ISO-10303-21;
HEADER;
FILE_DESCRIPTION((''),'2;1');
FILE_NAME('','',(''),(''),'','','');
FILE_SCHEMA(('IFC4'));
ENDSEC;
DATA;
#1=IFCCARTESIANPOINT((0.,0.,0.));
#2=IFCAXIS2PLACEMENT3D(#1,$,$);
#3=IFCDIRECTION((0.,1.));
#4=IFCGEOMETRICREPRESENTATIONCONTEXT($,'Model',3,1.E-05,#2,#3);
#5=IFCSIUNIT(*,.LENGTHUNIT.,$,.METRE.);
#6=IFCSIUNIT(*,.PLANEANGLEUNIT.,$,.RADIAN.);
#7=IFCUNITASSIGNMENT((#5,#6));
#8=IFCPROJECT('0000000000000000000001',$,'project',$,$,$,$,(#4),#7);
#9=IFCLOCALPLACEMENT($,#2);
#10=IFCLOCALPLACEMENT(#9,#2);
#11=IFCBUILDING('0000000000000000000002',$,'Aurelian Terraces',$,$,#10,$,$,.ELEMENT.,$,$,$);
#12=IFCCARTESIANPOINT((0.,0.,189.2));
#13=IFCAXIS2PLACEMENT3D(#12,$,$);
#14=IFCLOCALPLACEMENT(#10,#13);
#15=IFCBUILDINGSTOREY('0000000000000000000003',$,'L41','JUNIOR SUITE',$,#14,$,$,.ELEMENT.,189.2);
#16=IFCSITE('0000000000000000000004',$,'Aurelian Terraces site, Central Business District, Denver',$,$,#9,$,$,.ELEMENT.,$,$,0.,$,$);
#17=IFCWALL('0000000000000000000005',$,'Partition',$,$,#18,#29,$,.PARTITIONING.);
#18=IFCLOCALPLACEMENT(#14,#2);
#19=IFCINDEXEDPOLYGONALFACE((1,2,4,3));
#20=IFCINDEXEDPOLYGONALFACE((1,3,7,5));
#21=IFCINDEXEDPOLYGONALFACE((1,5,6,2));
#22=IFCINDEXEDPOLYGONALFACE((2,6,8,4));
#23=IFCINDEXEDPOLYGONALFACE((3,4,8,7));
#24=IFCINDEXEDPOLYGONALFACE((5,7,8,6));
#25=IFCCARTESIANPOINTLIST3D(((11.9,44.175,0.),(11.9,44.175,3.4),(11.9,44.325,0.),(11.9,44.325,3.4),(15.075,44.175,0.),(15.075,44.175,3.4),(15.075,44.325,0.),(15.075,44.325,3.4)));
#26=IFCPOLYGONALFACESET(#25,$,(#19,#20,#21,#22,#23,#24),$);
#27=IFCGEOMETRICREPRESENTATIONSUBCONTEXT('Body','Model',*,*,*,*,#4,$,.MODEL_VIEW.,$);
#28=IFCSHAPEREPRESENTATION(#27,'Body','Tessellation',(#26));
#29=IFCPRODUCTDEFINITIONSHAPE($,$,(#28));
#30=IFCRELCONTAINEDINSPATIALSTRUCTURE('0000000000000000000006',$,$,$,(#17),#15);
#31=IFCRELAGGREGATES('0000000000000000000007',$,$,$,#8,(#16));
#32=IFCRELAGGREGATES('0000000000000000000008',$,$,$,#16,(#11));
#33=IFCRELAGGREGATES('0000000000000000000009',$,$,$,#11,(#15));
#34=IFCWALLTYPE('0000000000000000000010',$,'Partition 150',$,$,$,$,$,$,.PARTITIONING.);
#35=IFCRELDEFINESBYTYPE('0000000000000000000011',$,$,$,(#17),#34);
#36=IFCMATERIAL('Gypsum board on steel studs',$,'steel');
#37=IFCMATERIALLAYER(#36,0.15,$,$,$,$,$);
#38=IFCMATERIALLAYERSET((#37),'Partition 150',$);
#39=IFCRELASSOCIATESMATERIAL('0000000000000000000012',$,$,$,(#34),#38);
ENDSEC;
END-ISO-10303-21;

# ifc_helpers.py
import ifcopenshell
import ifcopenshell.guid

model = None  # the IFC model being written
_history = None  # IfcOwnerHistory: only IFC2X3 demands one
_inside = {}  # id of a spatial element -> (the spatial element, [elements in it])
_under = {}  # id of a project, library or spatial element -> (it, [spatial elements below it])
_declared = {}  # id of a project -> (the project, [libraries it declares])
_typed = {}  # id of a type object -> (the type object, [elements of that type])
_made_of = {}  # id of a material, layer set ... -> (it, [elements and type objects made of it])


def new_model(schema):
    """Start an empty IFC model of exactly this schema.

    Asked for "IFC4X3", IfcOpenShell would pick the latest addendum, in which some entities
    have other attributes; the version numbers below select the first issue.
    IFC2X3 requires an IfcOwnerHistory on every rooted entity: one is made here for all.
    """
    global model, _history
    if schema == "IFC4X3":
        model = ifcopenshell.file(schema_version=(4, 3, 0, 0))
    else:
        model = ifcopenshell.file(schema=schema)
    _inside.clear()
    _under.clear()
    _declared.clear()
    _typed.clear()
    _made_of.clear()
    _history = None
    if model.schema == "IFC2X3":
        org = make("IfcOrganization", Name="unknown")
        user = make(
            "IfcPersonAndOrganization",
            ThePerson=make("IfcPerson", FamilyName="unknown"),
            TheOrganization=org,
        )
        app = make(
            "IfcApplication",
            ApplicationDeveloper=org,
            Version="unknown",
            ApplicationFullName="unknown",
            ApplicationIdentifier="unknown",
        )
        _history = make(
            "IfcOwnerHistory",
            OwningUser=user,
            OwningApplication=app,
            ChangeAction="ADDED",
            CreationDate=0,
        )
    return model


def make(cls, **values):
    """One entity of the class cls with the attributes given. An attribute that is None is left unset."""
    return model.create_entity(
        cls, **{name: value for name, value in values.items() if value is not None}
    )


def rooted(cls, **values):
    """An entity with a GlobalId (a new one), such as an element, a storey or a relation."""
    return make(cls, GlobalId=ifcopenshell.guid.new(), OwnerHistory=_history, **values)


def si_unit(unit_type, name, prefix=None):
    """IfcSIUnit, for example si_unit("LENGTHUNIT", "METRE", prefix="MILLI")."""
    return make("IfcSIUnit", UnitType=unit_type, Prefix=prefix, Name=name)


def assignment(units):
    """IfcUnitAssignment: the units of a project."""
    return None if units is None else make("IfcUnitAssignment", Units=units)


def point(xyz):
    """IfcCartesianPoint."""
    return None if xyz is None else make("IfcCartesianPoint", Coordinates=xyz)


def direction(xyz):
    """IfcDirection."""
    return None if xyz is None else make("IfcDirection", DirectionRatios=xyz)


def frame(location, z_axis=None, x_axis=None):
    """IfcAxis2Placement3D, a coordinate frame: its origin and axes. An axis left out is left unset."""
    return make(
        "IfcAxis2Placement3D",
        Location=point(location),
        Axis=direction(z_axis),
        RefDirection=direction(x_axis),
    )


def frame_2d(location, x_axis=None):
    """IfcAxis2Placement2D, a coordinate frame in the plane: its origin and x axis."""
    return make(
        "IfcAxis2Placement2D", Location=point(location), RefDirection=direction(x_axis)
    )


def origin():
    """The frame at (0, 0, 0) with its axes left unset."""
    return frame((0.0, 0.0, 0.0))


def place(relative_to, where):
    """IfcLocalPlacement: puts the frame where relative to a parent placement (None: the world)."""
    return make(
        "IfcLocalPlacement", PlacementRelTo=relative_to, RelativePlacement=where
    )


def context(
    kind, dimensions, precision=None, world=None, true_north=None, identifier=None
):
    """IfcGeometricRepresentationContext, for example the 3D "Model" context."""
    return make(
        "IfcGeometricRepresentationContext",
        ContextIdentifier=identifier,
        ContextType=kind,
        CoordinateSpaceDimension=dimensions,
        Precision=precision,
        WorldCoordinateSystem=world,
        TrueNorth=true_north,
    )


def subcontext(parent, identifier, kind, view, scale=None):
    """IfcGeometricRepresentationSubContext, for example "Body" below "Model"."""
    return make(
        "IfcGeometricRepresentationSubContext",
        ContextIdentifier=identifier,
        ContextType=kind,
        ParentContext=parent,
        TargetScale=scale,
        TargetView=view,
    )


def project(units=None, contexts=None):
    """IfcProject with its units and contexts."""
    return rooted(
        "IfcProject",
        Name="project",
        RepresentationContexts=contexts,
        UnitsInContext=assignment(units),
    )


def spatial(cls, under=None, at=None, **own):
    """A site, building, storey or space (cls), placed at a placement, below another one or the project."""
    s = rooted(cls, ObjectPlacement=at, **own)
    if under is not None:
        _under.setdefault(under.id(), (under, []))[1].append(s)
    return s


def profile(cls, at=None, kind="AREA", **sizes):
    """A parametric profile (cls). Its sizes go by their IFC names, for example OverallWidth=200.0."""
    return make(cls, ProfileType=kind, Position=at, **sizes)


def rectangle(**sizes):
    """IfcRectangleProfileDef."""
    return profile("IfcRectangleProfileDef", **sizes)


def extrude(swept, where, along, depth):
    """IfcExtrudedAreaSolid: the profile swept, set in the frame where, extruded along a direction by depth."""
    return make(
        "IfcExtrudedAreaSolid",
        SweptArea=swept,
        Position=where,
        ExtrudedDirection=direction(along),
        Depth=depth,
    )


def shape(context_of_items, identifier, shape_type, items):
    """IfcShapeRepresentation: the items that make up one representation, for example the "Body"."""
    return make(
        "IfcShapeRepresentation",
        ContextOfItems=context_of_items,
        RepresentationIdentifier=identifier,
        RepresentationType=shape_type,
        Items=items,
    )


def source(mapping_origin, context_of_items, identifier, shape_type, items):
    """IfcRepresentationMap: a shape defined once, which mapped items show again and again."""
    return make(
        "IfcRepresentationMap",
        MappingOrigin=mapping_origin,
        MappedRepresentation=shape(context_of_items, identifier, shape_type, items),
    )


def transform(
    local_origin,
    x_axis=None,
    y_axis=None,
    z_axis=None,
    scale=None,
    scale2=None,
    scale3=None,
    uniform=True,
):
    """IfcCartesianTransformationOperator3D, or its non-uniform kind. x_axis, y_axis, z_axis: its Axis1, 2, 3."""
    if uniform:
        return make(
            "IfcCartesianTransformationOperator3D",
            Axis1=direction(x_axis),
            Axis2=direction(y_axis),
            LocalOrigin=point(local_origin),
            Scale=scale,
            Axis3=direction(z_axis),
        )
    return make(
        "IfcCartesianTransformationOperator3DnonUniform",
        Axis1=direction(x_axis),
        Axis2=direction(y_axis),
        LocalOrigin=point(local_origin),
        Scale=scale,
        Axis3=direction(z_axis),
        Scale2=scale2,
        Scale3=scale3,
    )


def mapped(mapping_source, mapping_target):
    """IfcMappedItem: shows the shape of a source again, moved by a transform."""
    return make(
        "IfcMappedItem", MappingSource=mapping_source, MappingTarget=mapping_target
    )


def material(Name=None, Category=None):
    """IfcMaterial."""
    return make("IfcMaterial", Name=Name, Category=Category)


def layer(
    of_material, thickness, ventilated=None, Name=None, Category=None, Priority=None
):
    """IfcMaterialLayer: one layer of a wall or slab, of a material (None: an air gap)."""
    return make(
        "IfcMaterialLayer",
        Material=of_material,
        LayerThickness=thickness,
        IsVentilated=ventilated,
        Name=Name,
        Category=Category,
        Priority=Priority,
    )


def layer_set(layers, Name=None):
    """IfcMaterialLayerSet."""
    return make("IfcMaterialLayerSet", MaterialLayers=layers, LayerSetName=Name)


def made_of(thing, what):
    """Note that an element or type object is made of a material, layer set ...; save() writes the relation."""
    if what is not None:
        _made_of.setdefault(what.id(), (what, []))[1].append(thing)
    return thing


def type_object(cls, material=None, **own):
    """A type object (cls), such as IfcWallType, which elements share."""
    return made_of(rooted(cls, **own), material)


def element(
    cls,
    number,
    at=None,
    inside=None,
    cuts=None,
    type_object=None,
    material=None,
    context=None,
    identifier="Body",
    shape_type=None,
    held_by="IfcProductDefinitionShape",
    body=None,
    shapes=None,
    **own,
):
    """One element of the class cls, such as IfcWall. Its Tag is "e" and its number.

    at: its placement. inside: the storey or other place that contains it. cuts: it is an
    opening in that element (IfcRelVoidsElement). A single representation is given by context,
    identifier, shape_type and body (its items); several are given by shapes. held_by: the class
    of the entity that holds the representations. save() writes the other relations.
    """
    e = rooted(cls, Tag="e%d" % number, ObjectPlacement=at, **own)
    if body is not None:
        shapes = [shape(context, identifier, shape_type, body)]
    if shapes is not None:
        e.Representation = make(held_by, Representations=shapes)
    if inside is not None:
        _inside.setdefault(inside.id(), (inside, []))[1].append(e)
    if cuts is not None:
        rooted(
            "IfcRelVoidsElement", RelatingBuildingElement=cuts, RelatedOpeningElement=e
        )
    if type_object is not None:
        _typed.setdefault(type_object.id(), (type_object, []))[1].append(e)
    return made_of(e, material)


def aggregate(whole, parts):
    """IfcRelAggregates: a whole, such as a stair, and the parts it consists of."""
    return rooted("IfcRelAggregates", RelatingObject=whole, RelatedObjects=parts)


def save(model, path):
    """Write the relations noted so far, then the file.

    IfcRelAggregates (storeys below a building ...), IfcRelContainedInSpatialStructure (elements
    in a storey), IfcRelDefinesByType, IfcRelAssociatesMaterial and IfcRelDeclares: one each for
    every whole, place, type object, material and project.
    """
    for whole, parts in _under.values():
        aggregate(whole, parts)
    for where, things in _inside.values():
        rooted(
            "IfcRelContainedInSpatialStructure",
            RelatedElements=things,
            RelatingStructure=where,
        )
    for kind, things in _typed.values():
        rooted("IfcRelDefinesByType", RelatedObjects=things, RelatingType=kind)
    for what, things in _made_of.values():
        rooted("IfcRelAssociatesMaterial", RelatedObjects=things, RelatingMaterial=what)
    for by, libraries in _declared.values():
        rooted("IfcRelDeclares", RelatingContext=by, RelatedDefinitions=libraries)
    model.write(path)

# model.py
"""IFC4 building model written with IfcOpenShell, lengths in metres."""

from ifc_helpers import new_model, si_unit, direction, frame, frame_2d, origin, place, context, subcontext, project, spatial, rectangle, extrude, source, transform, mapped, material, layer, layer_set, type_object, element, save


model = new_model("IFC4")

# Units and contexts
model_context = context("Model", 3, precision=1e-05, world=origin(), true_north=direction((0.0, 1.0)))
body_context = subcontext(model_context, "Body", "Model", "MODEL_VIEW")
ifc_project = project(units=[si_unit("LENGTHUNIT", "METRE"), si_unit("PLANEANGLEUNIT", "RADIAN")], contexts=[model_context])

# Site, building, storey
site_placement = place(None, origin())
site = spatial("IfcSite", under=ifc_project, at=site_placement, Name="Aurelian Terraces site, Central Business District, Denver", CompositionType="ELEMENT", RefElevation=0.0)
building_placement = place(site_placement, origin())
building = spatial("IfcBuilding", under=site, at=building_placement, Name="Aurelian Terraces", CompositionType="ELEMENT")
storey_placement = place(building_placement, frame((0.0, 0.0, 189.2)))
storey = spatial("IfcBuildingStorey", under=building, at=storey_placement, Name="L41", Description="JUNIOR SUITE", CompositionType="ELEMENT", Elevation=189.2)

# Shared definitions
ifc_material_1 = material(Name="Gypsum board on steel studs", Category="steel")
ifc_layer_1 = layer(ifc_material_1, 0.15)
ifc_layer_set_1 = layer_set([ifc_layer_1], Name="Partition 150")
wall_type_1 = type_object("IfcWallType", Name="Partition 150", PredefinedType="PARTITIONING", material=ifc_layer_set_1)

# Wall
shared_shape_1 = source(origin(), body_context, "Body", "SweptSolid", [
    extrude(rectangle(XDim=3.175, YDim=0.15, at=frame_2d((1.5875, 0.0))), origin(), (0.0, 0.0, 1.0), 3.4),
])
wall_1_placement = place(storey_placement, frame((15.075, 44.25, 0.0), z_axis=(0.0, 0.0, 1.0), x_axis=(-1.0, 0.0, 0.0)))
element("IfcWall", 1, at=wall_1_placement, inside=storey, type_object=wall_type_1, Name="Partition", PredefinedType="PARTITIONING", context=body_context, shape_type="MappedRepresentation", body=[
    mapped(shared_shape_1, transform((0.0, 0.0, 0.0), scale=1.0)),
])

save(model, "model.ifc")
